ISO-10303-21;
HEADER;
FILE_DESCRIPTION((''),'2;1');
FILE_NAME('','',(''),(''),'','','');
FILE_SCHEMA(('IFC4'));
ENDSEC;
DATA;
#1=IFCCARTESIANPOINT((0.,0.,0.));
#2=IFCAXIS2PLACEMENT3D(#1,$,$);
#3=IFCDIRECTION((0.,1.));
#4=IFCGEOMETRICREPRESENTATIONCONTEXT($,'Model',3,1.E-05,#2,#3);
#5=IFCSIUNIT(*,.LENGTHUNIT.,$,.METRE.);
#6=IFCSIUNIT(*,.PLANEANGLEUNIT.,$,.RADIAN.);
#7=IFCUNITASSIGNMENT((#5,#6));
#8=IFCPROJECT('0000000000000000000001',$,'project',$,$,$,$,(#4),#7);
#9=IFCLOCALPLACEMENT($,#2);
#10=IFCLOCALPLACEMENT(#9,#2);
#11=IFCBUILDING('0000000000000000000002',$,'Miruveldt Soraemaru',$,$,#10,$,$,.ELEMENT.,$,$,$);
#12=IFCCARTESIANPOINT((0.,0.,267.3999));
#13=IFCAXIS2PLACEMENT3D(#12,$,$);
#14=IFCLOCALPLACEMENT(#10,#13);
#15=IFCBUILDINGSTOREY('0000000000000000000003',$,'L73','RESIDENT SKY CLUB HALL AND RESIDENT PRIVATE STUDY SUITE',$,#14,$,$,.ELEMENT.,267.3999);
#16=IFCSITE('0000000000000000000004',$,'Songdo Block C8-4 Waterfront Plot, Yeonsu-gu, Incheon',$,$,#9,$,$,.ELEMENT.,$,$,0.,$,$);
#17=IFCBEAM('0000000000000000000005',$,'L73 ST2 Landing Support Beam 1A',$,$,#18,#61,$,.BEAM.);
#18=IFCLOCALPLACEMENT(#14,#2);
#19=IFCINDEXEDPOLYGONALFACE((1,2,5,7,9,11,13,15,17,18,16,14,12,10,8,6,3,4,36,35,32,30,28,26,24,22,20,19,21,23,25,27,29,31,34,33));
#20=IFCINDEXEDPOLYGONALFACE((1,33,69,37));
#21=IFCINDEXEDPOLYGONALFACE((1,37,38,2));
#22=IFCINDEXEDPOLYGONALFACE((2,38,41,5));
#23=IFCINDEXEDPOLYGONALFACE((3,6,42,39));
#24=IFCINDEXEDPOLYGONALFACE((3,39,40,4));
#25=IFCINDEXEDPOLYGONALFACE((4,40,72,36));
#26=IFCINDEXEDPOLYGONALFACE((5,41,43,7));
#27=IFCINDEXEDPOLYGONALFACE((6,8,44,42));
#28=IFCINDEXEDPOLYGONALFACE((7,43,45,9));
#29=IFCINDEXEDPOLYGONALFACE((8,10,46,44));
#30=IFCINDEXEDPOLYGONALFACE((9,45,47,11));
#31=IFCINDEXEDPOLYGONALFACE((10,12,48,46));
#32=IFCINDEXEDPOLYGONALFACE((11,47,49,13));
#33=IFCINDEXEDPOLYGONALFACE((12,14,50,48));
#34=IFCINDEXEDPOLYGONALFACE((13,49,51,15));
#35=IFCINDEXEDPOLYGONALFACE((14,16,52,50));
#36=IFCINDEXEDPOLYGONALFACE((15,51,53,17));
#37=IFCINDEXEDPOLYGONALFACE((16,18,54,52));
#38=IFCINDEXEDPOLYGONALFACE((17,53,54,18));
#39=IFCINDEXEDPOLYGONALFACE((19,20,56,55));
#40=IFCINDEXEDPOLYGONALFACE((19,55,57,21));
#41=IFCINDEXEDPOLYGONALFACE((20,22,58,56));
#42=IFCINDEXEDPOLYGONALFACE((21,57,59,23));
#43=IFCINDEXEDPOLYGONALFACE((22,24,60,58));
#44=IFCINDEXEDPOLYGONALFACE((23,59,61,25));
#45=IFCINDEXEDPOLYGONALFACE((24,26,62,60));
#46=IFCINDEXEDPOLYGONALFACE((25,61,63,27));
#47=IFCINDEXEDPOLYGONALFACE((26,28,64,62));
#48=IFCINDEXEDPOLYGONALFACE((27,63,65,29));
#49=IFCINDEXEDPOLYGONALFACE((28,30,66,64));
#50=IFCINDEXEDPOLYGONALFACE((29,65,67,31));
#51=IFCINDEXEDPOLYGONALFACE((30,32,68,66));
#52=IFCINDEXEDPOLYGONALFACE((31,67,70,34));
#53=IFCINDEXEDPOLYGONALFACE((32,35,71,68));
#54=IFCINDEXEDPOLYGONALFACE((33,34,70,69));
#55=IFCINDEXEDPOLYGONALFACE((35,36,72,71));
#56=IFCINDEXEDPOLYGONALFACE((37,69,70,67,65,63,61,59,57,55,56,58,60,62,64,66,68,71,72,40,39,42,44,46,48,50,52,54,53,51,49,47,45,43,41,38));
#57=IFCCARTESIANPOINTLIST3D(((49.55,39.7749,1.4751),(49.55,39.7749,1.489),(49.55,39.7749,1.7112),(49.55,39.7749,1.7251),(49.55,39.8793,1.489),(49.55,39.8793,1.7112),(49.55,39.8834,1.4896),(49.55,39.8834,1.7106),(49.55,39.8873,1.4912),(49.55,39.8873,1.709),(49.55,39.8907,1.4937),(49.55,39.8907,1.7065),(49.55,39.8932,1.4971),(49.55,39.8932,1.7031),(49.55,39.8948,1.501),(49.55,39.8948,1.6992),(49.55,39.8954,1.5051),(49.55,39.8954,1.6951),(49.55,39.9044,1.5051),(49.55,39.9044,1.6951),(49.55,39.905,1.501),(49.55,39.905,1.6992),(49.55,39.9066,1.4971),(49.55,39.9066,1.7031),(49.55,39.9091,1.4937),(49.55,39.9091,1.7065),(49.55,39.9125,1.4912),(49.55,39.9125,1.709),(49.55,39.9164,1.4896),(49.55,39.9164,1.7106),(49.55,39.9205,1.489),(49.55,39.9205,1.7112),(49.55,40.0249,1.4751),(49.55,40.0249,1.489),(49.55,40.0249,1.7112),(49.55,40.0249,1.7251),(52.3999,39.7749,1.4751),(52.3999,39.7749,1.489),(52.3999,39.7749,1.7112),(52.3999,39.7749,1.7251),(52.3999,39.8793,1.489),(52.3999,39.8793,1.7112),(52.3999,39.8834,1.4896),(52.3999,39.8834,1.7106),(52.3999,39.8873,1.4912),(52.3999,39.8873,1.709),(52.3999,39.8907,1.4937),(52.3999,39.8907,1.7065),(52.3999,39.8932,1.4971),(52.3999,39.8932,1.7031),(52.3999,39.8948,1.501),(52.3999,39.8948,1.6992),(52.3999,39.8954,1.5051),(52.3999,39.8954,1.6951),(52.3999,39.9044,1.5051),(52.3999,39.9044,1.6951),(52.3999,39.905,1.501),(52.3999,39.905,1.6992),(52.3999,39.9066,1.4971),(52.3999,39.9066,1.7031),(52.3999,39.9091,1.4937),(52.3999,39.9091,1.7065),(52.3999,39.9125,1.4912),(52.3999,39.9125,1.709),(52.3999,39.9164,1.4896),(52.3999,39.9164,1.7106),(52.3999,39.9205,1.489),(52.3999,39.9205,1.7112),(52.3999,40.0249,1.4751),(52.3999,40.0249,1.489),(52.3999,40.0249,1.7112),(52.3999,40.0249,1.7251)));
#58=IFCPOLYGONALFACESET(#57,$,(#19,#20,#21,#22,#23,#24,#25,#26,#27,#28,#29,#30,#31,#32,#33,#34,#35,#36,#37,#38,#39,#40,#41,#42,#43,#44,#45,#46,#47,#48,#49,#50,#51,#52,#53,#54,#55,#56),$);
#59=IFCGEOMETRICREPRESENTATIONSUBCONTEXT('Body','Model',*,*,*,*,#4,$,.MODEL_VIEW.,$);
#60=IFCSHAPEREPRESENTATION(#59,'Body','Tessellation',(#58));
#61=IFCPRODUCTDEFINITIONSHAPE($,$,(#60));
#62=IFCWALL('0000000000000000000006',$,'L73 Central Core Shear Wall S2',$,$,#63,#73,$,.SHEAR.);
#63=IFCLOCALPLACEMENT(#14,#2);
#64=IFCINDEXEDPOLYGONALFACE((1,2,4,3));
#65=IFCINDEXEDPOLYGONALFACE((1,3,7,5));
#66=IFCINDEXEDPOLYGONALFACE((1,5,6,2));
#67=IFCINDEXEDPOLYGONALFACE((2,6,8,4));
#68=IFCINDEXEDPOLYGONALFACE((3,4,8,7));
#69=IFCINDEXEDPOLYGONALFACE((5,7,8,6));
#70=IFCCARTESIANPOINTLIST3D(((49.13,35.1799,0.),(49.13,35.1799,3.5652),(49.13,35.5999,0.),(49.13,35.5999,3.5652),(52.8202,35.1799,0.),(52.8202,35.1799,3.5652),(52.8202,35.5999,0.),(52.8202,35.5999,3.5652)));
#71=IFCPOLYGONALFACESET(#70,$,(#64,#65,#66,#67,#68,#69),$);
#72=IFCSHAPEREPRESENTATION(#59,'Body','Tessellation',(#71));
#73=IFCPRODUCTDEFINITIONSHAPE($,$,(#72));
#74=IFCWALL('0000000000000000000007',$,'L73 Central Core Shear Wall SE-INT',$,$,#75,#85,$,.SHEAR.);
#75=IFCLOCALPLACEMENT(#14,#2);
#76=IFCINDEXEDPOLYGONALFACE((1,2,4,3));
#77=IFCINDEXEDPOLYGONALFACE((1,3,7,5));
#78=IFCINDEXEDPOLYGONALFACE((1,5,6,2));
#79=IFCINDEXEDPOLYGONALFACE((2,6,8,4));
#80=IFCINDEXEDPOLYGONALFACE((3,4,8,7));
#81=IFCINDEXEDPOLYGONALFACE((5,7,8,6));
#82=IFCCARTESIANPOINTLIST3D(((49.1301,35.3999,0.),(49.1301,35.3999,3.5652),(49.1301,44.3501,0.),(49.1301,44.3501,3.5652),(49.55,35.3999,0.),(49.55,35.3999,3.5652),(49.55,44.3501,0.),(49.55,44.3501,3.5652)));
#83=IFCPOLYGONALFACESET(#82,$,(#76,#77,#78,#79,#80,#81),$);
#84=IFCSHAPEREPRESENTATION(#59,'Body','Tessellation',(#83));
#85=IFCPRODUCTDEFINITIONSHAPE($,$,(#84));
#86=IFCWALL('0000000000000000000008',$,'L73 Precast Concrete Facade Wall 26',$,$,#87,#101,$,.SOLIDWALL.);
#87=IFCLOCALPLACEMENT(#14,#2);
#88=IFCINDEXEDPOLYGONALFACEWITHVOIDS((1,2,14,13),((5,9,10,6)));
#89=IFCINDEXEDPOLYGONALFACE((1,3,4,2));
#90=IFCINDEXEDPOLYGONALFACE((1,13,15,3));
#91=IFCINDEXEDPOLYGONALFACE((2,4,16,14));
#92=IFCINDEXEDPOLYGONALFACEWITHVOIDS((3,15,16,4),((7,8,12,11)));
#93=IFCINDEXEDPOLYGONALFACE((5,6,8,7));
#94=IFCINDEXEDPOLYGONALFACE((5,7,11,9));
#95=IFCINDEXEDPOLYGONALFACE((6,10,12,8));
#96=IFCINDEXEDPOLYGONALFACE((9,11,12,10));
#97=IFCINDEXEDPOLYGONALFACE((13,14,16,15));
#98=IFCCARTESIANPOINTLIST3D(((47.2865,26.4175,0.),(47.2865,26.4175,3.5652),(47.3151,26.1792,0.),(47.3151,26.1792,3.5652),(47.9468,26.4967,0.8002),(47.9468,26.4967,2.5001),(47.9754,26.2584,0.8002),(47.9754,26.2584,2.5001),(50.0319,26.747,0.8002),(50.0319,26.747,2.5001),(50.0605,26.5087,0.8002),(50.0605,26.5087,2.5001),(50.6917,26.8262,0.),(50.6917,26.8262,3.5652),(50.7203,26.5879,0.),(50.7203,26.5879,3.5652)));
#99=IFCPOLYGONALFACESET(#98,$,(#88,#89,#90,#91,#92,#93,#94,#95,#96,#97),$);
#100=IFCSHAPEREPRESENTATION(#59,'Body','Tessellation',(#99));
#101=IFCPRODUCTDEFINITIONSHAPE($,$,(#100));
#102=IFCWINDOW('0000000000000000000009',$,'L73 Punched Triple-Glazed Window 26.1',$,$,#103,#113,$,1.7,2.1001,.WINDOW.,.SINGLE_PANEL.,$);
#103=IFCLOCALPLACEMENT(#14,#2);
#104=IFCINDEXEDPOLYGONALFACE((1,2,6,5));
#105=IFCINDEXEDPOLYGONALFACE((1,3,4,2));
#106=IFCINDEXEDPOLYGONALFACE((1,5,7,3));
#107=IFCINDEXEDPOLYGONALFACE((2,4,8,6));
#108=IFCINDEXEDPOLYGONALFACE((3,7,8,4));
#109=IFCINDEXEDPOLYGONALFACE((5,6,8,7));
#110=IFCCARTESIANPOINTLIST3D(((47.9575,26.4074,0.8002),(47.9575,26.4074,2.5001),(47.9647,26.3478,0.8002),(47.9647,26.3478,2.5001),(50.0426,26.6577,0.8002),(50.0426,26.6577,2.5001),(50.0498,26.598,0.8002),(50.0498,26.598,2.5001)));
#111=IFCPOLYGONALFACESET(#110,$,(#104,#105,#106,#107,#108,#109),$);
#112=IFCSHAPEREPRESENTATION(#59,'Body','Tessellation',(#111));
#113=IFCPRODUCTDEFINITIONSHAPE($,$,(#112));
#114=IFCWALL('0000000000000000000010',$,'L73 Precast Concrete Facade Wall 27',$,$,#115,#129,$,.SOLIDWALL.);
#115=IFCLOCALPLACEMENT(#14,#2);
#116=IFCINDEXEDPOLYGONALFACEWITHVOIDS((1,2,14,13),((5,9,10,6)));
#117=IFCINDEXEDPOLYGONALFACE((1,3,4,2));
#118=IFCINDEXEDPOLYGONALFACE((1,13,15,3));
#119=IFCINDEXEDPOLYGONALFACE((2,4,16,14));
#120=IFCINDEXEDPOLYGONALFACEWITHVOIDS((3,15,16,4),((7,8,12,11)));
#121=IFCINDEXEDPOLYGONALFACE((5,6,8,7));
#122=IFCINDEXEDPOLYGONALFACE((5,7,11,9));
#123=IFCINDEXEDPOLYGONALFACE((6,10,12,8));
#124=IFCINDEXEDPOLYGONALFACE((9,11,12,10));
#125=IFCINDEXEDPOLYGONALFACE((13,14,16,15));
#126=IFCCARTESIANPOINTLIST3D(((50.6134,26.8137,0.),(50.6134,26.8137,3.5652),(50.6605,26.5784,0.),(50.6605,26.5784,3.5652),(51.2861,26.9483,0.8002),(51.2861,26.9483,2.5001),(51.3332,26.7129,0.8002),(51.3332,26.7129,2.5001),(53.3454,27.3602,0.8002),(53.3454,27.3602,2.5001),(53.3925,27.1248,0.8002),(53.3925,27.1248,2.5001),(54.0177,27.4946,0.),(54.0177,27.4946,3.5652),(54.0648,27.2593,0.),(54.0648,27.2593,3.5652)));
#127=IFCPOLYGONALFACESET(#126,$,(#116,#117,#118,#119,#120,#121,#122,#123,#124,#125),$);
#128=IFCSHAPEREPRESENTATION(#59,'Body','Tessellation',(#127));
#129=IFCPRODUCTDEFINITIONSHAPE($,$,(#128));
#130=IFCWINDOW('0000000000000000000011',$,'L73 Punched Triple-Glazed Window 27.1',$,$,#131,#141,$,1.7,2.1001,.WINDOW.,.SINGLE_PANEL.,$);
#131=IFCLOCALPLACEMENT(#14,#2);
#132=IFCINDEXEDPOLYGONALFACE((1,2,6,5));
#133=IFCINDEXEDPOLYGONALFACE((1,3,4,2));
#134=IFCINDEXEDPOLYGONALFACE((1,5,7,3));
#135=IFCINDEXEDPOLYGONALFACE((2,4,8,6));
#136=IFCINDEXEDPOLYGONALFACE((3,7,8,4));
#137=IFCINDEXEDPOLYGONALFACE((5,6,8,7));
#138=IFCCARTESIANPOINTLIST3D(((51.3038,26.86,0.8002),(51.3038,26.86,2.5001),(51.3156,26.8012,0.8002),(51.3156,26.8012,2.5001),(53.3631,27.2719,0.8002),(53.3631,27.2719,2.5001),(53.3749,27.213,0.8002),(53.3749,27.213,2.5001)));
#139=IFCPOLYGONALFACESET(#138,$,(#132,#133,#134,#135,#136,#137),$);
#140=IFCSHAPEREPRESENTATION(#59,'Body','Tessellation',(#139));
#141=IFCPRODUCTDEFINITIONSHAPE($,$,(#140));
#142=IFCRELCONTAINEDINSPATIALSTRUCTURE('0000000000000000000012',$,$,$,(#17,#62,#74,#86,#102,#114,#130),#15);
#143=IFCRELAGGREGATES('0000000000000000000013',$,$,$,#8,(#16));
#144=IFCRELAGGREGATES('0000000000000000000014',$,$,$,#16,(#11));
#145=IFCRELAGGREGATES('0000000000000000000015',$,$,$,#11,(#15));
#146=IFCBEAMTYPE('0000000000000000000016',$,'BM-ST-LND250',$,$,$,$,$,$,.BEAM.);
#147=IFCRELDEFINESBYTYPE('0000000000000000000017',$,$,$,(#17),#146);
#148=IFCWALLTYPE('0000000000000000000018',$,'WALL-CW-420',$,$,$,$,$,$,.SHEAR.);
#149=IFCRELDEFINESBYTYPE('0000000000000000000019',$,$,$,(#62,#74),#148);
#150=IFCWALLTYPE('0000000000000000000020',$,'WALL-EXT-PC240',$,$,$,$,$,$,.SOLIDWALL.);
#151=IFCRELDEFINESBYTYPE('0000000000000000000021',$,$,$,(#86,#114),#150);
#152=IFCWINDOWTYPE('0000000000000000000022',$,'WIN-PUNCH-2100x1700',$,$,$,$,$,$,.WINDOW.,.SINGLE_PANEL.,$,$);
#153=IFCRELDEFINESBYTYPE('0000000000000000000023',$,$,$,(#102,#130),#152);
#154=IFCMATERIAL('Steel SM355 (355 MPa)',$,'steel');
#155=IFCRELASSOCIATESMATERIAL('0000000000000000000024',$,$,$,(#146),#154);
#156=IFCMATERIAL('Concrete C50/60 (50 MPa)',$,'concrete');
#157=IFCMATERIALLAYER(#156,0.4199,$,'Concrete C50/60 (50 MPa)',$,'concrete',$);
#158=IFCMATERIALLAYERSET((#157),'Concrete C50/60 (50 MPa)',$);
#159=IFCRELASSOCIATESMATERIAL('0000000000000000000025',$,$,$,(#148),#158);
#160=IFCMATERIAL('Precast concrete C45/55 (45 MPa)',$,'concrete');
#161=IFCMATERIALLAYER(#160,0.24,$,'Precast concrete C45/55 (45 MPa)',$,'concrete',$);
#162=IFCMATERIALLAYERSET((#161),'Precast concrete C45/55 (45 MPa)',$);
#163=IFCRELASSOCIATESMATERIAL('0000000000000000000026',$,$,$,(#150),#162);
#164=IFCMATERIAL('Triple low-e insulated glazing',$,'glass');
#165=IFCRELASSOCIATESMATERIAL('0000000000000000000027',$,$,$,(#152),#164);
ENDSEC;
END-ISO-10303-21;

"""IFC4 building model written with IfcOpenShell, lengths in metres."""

from ifc_helpers import new_model, si_unit, direction, frame, frame_2d, origin, origin_2d, place, context, subcontext, project, spatial, rectangle, i_section, extrude, material, layer, layer_set, material_profile, profile_set, type_object, element, fill, save


model = new_model("IFC4")

# Units and contexts
model_context = context("Model", 3, precision=1e-05, world=origin(), true_north=direction((0.0, 1.0)))
body_context = subcontext(model_context, "Body", "Model", "MODEL_VIEW")
ifc_project = project(units=[si_unit("LENGTHUNIT", "METRE"), si_unit("PLANEANGLEUNIT", "RADIAN")], contexts=[model_context])

# Site, building, storey
site_placement = place(None, origin())
site = spatial("IfcSite", under=ifc_project, at=site_placement, Name="Songdo Block C8-4 Waterfront Plot, Yeonsu-gu, Incheon", CompositionType="ELEMENT", RefElevation=0.0)
building_placement = place(site_placement, origin())
building = spatial("IfcBuilding", under=site, at=building_placement, Name="Miruveldt Soraemaru", CompositionType="ELEMENT")
storey_placement = place(building_placement, frame((0.0, 0.0, 267.3999)))
storey = spatial("IfcBuildingStorey", under=building, at=storey_placement, Name="L73", Description="RESIDENT SKY CLUB HALL AND RESIDENT PRIVATE STUDY SUITE", CompositionType="ELEMENT", Elevation=267.3999)

# Shared definitions
ifc_material_1 = material(Name="Concrete C50/60 (50 MPa)", Category="concrete")

# Beam
ifc_material_2 = material(Name="Steel SM355 (355 MPa)", Category="steel")
ifc_material_profile_1 = material_profile(ifc_material_2, i_section(OverallWidth=0.25, OverallDepth=0.25, WebThickness=0.009, FlangeThickness=0.0139, FilletRadius=0.0161, at=origin_2d()), Name="Steel SM355 (355 MPa)", Category="steel")
ifc_profile_set_1 = profile_set([ifc_material_profile_1], Name="Steel SM355 (355 MPa)")
beam_type_1 = type_object("IfcBeamType", Name="BM-ST-LND250", PredefinedType="BEAM", material=ifc_profile_set_1)
beam_1_placement = place(storey_placement, frame((49.55, 39.8999, 1.6001), z_axis=(1.0, 0.0, 0.0), x_axis=(0.0, 1.0, 0.0)))
element("IfcBeam", 1, at=beam_1_placement, inside=storey, type_object=beam_type_1, Name="L73 ST2 Landing Support Beam 1A", PredefinedType="BEAM", context=body_context, shape_type="SweptSolid", body=[
    extrude(i_section(OverallWidth=0.25, OverallDepth=0.25, WebThickness=0.009, FlangeThickness=0.0139, FilletRadius=0.0161, at=origin_2d()), origin(), (0.0, 0.0, 1.0), 2.8499),
])

# Walls
ifc_layer_1 = layer(ifc_material_1, 0.4199, Name="Concrete C50/60 (50 MPa)", Category="concrete")
ifc_layer_set_1 = layer_set([ifc_layer_1], Name="Concrete C50/60 (50 MPa)")
wall_type_1 = type_object("IfcWallType", Name="WALL-CW-420", PredefinedType="SHEAR", material=ifc_layer_set_1)
wall_1_placement = place(storey_placement, frame((49.1299, 35.3899, 0.0), z_axis=(0.0, 0.0, 1.0), x_axis=(1.0, 0.0, 0.0)))
element("IfcWall", 2, at=wall_1_placement, inside=storey, type_object=wall_type_1, Name="L73 Central Core Shear Wall S2", PredefinedType="SHEAR", context=body_context, shape_type="SweptSolid", body=[
    extrude(rectangle(XDim=3.6902, YDim=0.4199, at=frame_2d((1.8452, 0.0))), origin(), (0.0, 0.0, 1.0), 3.5652),
])
wall_2_placement = place(storey_placement, frame((49.3401, 35.3999, 0.0), z_axis=(0.0, 0.0, 1.0), x_axis=(0.0, 1.0, 0.0)))
element("IfcWall", 3, at=wall_2_placement, inside=storey, type_object=wall_type_1, Name="L73 Central Core Shear Wall SE-INT", PredefinedType="SHEAR", context=body_context, shape_type="SweptSolid", body=[
    extrude(rectangle(XDim=8.9502, YDim=0.4199, at=frame_2d((4.4751, 0.0))), origin(), (0.0, 0.0, 1.0), 3.5652),
])

# Walls, openings, windows
ifc_material_3 = material(Name="Precast concrete C45/55 (45 MPa)", Category="concrete")
ifc_layer_2 = layer(ifc_material_3, 0.24, Name="Precast concrete C45/55 (45 MPa)", Category="concrete")
ifc_layer_set_2 = layer_set([ifc_layer_2], Name="Precast concrete C45/55 (45 MPa)")
wall_type_2 = type_object("IfcWallType", Name="WALL-EXT-PC240", PredefinedType="SOLIDWALL", material=ifc_layer_set_2)
wall_3_placement = place(storey_placement, frame((47.3008, 26.2983, 0.0), z_axis=(0.0, 0.0, 1.0), x_axis=(0.992875, 0.119162, 0.0)))
wall_3 = element("IfcWall", 4, at=wall_3_placement, inside=storey, type_object=wall_type_2, Name="L73 Precast Concrete Facade Wall 26", PredefinedType="SOLIDWALL", context=body_context, shape_type="SweptSolid", body=[
    extrude(rectangle(XDim=3.4297, YDim=0.24, at=frame_2d((1.7148, 0.0))), origin(), (0.0, 0.0, 1.0), 3.5652),
])
opening_1_placement = place(wall_3_placement, frame((0.665, 0.0, 0.8)))
opening_1 = element("IfcOpeningElement", 5, at=opening_1_placement, cuts=wall_3, PredefinedType="OPENING", context=body_context, shape_type="SweptSolid", body=[
    extrude(rectangle(XDim=2.1001, YDim=1.7, at=frame_2d((1.05, 0.8501))), frame((0.0, 0.1299, 0.0), z_axis=(0.0, -1.0, 0.0), x_axis=(1.0, 0.0, 0.0)), (0.0, 0.0, 1.0), 0.26),
])
ifc_material_4 = material(Name="Triple low-e insulated glazing", Category="glass")
window_type = type_object("IfcWindowType", Name="WIN-PUNCH-2100x1700", PartitioningType="SINGLE_PANEL", PredefinedType="WINDOW", material=ifc_material_4)
window_1_placement = place(opening_1_placement, origin())
window_1 = element("IfcWindow", 6, at=window_1_placement, inside=storey, type_object=window_type, Name="L73 Punched Triple-Glazed Window 26.1", OverallHeight=1.7, OverallWidth=2.1001, PartitioningType="SINGLE_PANEL", PredefinedType="WINDOW", context=body_context, shape_type="SweptSolid", body=[
    extrude(rectangle(XDim=2.1001, YDim=1.7, at=frame_2d((1.05, 0.8501))), frame((0.0, 0.03, 0.0), z_axis=(0.0, -1.0, 0.0), x_axis=(1.0, 0.0, 0.0)), (0.0, 0.0, 1.0), 0.0601),
])
fill(opening_1, window_1)
wall_4_placement = place(storey_placement, frame((50.637, 26.696, 0.0), z_axis=(0.0, 0.0, 1.0), x_axis=(0.980578, 0.19613, 0.0)))
wall_4 = element("IfcWall", 7, at=wall_4_placement, inside=storey, type_object=wall_type_2, Name="L73 Precast Concrete Facade Wall 27", PredefinedType="SOLIDWALL", context=body_context, shape_type="SweptSolid", body=[
    extrude(rectangle(XDim=3.4717, YDim=0.24, at=frame_2d((1.7358, 0.0))), origin(), (0.0, 0.0, 1.0), 3.5652),
])
opening_2_placement = place(wall_4_placement, frame((0.686, 0.0, 0.8)))
opening_2 = element("IfcOpeningElement", 8, at=opening_2_placement, cuts=wall_4, PredefinedType="OPENING", context=body_context, shape_type="SweptSolid", body=[
    extrude(rectangle(XDim=2.1001, YDim=1.7, at=frame_2d((1.05, 0.8501))), frame((0.0, 0.1299, 0.0), z_axis=(0.0, -1.0, 0.0), x_axis=(1.0, 0.0, 0.0)), (0.0, 0.0, 1.0), 0.26),
])
window_2_placement = place(opening_2_placement, origin())
window_2 = element("IfcWindow", 9, at=window_2_placement, inside=storey, type_object=window_type, Name="L73 Punched Triple-Glazed Window 27.1", OverallHeight=1.7, OverallWidth=2.1001, PartitioningType="SINGLE_PANEL", PredefinedType="WINDOW", context=body_context, shape_type="SweptSolid", body=[
    extrude(rectangle(XDim=2.1001, YDim=1.7, at=frame_2d((1.05, 0.8501))), frame((0.0, 0.03, 0.0), z_axis=(0.0, -1.0, 0.0), x_axis=(1.0, 0.0, 0.0)), (0.0, 0.0, 1.0), 0.0601),
])
fill(opening_2, window_2)

save(model, "model.ifc")
